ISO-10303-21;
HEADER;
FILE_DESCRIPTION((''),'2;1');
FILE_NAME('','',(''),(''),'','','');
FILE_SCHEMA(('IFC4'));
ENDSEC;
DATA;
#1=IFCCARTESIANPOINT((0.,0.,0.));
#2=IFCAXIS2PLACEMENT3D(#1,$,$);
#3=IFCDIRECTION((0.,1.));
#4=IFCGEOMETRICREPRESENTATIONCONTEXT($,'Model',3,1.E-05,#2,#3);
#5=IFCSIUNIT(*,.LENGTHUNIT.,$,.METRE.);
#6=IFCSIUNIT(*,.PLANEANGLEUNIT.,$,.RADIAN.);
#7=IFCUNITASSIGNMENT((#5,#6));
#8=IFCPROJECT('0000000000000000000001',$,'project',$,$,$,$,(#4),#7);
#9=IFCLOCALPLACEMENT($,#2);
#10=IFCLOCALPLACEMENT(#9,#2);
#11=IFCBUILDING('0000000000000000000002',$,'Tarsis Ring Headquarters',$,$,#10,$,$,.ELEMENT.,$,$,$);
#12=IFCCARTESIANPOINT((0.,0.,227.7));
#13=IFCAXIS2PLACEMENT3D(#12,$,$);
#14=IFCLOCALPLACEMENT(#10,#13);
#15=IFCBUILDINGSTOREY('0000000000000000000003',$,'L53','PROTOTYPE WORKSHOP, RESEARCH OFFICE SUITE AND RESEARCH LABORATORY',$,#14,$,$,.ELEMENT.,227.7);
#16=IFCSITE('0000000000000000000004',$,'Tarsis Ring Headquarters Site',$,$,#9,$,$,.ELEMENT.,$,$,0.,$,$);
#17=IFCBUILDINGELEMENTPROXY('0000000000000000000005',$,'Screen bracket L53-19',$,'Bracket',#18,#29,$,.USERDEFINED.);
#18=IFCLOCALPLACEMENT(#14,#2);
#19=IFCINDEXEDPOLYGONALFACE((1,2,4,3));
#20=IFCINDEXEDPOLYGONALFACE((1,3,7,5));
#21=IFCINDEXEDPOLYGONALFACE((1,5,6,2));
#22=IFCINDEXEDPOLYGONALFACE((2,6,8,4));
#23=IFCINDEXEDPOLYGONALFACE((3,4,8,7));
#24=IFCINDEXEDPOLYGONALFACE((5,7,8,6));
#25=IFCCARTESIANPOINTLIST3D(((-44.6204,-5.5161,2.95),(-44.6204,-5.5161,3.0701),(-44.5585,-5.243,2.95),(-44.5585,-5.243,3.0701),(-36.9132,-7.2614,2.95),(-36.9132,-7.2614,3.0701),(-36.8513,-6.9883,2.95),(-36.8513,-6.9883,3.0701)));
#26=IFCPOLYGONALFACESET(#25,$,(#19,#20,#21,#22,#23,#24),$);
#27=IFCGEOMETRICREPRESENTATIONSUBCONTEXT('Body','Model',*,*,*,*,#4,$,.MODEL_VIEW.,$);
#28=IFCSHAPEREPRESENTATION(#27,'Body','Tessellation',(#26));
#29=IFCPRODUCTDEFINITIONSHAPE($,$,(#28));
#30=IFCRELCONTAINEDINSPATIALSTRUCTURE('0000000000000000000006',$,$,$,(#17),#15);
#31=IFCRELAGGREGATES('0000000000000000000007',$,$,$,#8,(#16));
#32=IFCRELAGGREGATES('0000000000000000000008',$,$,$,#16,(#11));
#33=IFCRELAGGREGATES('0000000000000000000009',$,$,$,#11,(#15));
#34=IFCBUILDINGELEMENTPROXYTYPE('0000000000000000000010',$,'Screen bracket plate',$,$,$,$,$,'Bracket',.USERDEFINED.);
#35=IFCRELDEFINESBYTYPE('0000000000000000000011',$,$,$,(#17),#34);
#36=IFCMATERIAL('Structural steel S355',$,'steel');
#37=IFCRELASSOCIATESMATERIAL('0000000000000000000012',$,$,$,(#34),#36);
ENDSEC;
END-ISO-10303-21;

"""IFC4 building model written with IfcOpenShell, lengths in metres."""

from ifc_helpers import new_model, si_unit, direction, frame, origin, origin_2d, place, context, subcontext, project, spatial, rectangle, extrude, material, type_object, element, save


model = new_model("IFC4")

# Units and contexts
model_context = context("Model", 3, precision=1e-05, world=origin(), true_north=direction((0.0, 1.0)))
body_context = subcontext(model_context, "Body", "Model", "MODEL_VIEW")
ifc_project = project(units=[si_unit("LENGTHUNIT", "METRE"), si_unit("PLANEANGLEUNIT", "RADIAN")], contexts=[model_context])

# Site, building, storey
site_placement = place(None, origin())
site = spatial("IfcSite", under=ifc_project, at=site_placement, Name="Tarsis Ring Headquarters Site", CompositionType="ELEMENT", RefElevation=0.0)
building_placement = place(site_placement, origin())
building = spatial("IfcBuilding", under=site, at=building_placement, Name="Tarsis Ring Headquarters", CompositionType="ELEMENT")
storey_placement = place(building_placement, frame((0.0, 0.0, 227.7)))
storey = spatial("IfcBuildingStorey", under=building, at=storey_placement, Name="L53", Description="PROTOTYPE WORKSHOP, RESEARCH OFFICE SUITE AND RESEARCH LABORATORY", CompositionType="ELEMENT", Elevation=227.7)

# Shared definitions
ifc_material_1 = material(Name="Structural steel S355", Category="steel")

# Building element proxy
building_element_proxy_type = type_object("IfcBuildingElementProxyType", Name="Screen bracket plate", ElementType="Bracket", PredefinedType="USERDEFINED", material=ifc_material_1)
proxy_placement = place(storey_placement, frame((-40.7358, -6.2522, 2.95), z_axis=(0.0, 0.0, 1.0), x_axis=(0.975304, -0.220868, 0.0)))
element("IfcBuildingElementProxy", 1, at=proxy_placement, inside=storey, type_object=building_element_proxy_type, Name="Screen bracket L53-19", ObjectType="Bracket", PredefinedType="USERDEFINED", context=body_context, shape_type="SweptSolid", body=[
    extrude(rectangle(XDim=7.9023, YDim=0.28, at=origin_2d()), origin(), (0.0, 0.0, 1.0), 0.1201),
])

save(model, "model.ifc")
